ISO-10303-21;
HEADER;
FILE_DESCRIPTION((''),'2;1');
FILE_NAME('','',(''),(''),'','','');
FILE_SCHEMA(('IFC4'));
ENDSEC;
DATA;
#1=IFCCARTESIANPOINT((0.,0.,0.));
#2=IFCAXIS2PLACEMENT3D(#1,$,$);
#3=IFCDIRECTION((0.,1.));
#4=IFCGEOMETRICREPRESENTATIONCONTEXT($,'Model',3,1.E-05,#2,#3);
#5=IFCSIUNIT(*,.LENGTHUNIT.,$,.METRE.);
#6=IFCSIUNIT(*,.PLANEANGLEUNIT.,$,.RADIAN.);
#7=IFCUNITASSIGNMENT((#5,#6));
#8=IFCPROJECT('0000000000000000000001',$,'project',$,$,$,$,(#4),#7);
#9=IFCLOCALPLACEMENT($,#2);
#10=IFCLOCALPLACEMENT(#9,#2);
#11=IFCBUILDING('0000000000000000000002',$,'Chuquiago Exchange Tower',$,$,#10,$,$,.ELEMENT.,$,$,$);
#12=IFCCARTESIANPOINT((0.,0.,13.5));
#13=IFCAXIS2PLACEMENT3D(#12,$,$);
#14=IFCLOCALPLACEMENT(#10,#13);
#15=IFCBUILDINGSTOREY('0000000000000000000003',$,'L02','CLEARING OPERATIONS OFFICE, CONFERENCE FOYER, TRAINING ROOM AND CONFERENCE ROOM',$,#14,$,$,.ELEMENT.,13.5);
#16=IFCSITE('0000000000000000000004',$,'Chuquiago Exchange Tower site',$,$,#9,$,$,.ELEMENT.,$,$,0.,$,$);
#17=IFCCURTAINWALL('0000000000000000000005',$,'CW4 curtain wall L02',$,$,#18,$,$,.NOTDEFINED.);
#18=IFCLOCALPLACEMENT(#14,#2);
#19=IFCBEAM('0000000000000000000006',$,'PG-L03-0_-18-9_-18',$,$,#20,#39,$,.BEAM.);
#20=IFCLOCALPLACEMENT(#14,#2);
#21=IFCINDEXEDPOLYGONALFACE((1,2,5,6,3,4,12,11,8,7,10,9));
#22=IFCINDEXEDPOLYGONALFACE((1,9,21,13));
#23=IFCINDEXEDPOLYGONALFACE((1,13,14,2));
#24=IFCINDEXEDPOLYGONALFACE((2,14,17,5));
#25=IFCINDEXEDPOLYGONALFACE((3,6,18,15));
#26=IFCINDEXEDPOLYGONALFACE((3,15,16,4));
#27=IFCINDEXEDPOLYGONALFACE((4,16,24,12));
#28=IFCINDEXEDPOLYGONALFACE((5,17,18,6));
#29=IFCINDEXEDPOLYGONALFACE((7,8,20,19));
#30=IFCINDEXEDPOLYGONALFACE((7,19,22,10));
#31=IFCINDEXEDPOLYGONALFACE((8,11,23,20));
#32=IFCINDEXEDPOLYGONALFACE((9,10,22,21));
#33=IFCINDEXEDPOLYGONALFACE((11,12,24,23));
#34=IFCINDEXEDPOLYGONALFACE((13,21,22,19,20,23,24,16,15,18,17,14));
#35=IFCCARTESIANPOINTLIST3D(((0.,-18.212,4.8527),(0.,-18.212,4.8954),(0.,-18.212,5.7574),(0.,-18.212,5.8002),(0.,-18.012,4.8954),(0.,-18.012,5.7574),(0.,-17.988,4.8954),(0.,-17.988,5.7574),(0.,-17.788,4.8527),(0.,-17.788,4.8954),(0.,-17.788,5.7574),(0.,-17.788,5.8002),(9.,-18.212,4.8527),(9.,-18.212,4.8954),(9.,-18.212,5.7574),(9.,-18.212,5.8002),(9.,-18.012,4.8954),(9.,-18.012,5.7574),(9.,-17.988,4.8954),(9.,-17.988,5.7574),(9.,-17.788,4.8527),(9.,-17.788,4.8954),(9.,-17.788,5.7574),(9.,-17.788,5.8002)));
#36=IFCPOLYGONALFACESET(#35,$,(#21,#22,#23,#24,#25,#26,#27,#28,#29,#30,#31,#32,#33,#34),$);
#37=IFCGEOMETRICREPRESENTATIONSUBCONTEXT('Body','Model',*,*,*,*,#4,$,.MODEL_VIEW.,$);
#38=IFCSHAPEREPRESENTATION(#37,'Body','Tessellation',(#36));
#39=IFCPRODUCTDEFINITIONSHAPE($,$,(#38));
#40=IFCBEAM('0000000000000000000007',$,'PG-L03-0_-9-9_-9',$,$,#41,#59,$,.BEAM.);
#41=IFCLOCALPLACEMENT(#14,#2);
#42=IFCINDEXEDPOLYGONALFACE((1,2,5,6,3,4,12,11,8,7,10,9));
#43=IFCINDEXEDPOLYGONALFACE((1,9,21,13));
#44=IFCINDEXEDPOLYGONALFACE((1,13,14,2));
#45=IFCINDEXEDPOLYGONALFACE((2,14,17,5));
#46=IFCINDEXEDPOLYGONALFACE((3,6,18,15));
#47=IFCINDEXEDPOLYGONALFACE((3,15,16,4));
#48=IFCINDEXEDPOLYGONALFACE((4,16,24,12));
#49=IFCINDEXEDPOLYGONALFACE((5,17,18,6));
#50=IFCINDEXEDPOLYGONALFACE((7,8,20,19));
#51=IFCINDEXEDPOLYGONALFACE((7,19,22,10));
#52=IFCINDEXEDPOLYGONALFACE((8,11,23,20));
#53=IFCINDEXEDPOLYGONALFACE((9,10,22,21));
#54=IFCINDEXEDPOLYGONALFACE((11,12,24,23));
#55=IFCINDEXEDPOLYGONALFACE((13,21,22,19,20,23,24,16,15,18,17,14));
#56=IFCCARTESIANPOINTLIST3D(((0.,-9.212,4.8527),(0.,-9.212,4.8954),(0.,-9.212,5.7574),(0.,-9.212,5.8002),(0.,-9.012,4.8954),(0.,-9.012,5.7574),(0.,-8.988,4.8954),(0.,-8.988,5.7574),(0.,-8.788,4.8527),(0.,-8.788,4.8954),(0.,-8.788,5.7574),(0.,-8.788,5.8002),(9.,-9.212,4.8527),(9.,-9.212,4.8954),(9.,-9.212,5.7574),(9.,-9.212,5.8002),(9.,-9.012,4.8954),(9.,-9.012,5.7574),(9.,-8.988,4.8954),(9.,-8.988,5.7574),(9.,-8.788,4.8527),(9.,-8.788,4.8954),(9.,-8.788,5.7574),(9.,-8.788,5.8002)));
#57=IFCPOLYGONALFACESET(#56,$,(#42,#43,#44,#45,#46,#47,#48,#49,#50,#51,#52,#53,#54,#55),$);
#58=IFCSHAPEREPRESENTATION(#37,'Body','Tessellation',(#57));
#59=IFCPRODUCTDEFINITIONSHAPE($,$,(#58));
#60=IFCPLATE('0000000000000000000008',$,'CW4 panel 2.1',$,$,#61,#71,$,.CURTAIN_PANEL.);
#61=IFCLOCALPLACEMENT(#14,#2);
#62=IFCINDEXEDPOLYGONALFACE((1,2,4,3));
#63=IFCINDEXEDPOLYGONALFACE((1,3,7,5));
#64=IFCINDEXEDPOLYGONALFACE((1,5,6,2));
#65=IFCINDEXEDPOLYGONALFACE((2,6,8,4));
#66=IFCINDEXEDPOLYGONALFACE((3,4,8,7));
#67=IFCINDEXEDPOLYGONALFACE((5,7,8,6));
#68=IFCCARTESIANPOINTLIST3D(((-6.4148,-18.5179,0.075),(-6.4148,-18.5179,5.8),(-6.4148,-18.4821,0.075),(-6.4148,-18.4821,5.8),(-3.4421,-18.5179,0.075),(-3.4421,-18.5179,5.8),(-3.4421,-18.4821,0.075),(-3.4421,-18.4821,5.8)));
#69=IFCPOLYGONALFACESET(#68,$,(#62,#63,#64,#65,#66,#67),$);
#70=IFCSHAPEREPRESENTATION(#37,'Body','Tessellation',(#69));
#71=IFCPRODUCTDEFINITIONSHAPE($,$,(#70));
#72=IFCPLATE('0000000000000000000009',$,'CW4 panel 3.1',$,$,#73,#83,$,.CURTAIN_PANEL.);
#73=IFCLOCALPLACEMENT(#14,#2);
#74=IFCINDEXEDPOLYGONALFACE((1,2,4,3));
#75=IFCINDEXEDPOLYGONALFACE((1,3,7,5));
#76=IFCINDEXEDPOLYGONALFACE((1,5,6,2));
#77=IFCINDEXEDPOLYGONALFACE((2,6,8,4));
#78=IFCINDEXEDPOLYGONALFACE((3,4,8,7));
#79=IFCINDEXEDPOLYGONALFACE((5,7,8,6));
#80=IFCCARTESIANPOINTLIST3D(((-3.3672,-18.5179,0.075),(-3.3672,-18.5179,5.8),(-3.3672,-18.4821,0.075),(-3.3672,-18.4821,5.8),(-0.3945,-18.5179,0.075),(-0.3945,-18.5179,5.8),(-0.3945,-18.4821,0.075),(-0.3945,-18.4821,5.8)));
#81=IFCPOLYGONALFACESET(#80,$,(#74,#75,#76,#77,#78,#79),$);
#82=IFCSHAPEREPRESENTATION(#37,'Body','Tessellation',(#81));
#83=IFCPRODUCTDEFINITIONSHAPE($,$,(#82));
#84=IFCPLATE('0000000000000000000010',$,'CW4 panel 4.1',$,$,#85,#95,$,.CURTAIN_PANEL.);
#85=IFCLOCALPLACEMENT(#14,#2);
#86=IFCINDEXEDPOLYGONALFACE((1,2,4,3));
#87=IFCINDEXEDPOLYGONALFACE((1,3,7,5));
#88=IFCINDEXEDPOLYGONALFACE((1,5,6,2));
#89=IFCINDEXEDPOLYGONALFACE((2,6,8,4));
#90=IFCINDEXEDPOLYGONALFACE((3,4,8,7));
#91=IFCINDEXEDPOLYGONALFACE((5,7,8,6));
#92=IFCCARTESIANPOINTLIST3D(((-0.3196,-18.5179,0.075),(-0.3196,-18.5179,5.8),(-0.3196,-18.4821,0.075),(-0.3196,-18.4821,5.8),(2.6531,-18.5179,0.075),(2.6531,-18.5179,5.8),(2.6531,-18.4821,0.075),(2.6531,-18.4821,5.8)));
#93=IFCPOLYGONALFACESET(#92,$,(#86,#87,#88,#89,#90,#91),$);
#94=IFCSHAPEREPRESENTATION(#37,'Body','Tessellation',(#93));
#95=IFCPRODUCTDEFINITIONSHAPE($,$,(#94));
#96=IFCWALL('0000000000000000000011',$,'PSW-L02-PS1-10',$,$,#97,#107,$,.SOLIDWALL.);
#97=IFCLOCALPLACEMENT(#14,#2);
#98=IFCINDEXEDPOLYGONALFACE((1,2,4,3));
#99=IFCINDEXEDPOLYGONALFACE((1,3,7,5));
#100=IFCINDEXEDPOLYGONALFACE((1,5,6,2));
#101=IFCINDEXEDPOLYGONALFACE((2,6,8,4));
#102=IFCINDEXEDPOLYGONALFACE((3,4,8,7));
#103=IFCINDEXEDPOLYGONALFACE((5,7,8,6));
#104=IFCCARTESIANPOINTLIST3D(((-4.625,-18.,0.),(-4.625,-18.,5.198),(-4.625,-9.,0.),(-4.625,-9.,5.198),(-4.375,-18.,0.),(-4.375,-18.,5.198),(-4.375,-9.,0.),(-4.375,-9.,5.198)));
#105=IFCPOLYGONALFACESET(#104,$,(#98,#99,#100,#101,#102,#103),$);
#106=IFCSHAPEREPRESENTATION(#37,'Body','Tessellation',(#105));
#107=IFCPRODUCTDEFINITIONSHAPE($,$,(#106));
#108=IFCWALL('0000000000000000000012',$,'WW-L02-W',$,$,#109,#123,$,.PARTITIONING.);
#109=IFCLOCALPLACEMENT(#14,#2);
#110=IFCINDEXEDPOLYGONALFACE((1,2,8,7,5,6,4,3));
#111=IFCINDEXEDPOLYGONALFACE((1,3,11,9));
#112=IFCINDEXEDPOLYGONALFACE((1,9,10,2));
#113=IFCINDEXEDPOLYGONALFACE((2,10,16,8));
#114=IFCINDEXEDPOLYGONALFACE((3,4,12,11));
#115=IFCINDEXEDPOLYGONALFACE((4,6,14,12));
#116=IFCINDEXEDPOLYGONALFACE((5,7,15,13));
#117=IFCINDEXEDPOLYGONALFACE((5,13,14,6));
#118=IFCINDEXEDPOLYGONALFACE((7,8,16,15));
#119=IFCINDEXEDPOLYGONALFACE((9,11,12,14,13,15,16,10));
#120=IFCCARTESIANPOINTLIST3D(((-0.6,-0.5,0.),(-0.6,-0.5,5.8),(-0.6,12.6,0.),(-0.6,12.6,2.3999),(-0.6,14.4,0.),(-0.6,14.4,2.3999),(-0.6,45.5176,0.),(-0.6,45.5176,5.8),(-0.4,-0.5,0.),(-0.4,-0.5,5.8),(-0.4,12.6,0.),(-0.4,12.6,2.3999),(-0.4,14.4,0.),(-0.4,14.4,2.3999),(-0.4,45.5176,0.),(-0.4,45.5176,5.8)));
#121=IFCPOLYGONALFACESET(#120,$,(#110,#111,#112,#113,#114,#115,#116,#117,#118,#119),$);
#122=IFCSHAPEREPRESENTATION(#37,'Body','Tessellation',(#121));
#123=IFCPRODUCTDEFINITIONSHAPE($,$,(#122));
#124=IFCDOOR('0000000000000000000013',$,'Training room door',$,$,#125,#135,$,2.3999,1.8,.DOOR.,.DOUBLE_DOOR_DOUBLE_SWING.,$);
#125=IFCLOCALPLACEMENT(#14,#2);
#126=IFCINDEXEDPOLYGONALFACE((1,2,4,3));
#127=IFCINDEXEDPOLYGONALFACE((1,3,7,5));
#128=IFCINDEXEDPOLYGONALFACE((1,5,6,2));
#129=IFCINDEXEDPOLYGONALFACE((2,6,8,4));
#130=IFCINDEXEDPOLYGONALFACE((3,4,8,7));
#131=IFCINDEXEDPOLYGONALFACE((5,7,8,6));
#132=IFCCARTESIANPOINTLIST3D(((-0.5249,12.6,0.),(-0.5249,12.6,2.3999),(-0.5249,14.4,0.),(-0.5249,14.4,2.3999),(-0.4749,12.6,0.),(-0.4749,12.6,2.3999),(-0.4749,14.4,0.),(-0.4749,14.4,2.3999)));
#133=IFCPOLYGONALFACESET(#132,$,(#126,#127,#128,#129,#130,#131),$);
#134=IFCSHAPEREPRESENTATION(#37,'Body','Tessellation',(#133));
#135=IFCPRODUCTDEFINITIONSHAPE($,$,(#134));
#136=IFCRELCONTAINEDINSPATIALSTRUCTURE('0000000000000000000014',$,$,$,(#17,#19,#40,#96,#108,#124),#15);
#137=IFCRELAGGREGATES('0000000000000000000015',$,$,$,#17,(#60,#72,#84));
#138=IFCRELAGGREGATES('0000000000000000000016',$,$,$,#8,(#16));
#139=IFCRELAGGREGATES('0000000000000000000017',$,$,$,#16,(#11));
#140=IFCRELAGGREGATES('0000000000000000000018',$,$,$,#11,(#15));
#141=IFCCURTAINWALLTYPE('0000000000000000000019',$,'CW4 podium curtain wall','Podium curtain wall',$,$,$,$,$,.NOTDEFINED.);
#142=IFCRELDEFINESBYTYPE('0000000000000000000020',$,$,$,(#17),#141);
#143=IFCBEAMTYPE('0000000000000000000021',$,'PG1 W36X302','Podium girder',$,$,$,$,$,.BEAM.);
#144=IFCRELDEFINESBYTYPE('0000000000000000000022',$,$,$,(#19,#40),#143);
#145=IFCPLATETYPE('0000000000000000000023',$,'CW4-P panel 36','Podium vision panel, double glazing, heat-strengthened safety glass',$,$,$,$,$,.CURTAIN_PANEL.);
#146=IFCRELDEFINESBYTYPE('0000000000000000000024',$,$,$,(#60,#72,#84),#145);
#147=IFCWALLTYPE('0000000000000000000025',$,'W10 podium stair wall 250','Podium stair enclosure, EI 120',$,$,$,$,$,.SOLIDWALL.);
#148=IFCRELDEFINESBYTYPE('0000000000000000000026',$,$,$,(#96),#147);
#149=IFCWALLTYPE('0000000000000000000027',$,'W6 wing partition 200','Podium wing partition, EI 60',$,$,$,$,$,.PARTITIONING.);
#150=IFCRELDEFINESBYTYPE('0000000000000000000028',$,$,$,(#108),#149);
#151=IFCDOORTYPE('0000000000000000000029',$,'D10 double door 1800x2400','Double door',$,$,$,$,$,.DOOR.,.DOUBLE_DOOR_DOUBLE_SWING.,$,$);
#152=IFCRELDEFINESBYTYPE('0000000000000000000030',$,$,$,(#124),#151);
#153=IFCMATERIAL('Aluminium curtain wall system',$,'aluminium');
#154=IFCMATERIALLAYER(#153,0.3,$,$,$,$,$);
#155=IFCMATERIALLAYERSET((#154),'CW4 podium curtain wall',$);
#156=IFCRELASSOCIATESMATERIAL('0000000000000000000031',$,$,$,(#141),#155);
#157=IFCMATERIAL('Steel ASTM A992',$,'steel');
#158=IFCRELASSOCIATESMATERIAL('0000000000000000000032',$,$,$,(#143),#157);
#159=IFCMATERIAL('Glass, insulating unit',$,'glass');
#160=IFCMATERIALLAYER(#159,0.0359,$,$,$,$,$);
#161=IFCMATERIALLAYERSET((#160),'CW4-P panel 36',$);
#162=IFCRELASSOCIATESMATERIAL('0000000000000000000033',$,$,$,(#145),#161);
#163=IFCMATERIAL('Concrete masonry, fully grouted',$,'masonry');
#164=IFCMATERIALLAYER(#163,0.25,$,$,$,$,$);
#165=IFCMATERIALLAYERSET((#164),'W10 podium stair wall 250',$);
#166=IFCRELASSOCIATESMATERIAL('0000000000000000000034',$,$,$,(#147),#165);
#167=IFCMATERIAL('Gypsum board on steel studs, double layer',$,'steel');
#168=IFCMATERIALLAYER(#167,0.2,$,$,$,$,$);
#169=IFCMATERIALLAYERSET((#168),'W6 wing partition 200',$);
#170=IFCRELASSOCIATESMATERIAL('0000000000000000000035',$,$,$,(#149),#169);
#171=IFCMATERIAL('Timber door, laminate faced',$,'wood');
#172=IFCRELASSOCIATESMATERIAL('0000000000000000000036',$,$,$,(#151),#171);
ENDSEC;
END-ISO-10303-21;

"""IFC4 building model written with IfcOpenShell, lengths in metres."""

from ifc_helpers import new_model, si_unit, direction, frame, frame_2d, origin, origin_2d, place, context, subcontext, project, spatial, rectangle, i_section, extrude, material, layer, layer_set, material_profile, profile_set, type_object, element, fill, aggregate, save


model = new_model("IFC4")

# Units and contexts
model_context = context("Model", 3, precision=1e-05, world=origin(), true_north=direction((0.0, 1.0)))
body_context = subcontext(model_context, "Body", "Model", "MODEL_VIEW")
ifc_project = project(units=[si_unit("LENGTHUNIT", "METRE"), si_unit("PLANEANGLEUNIT", "RADIAN")], contexts=[model_context])

# Site, building, storey
site_placement = place(None, origin())
site = spatial("IfcSite", under=ifc_project, at=site_placement, Name="Chuquiago Exchange Tower site", CompositionType="ELEMENT", RefElevation=0.0)
building_placement = place(site_placement, origin())
building = spatial("IfcBuilding", under=site, at=building_placement, Name="Chuquiago Exchange Tower", CompositionType="ELEMENT")
storey_placement = place(building_placement, frame((0.0, 0.0, 13.5)))
storey = spatial("IfcBuildingStorey", under=building, at=storey_placement, Name="L02", Description="CLEARING OPERATIONS OFFICE, CONFERENCE FOYER, TRAINING ROOM AND CONFERENCE ROOM", CompositionType="ELEMENT", Elevation=13.5)

# Curtain wall
ifc_material_1 = material(Name="Aluminium curtain wall system", Category="aluminium")
ifc_layer_1 = layer(ifc_material_1, 0.3)
ifc_layer_set_1 = layer_set([ifc_layer_1], Name="CW4 podium curtain wall")
curtain_wall_type = type_object("IfcCurtainWallType", Name="CW4 podium curtain wall", Description="Podium curtain wall", PredefinedType="NOTDEFINED", material=ifc_layer_set_1)
curtain_wall_placement = place(storey_placement, origin())
curtain_wall = element("IfcCurtainWall", 1, at=curtain_wall_placement, inside=storey, type_object=curtain_wall_type, Name="CW4 curtain wall L02", PredefinedType="NOTDEFINED")

# Beams
ifc_material_2 = material(Name="Steel ASTM A992", Category="steel")
ifc_material_profile_1 = material_profile(ifc_material_2, i_section(OverallWidth=0.4241, OverallDepth=0.9475, WebThickness=0.0239, FlangeThickness=0.0427, at=origin_2d()), Name="W36X302")
ifc_profile_set_1 = profile_set([ifc_material_profile_1], Name="Steel ASTM A992")
beam_type_1 = type_object("IfcBeamType", Name="PG1 W36X302", Description="Podium girder", PredefinedType="BEAM", material=ifc_profile_set_1)
for number, where, z_axis, x_axis, name in (
    (2, (0.0, -18.0, 5.3264), (1.0, 0.0, 0.0), (0.0, 1.0, 0.0), "PG-L03-0_-18-9_-18"),
    (3, (0.0, -9.0, 5.3264), (1.0, 0.0, 0.0), (0.0, 1.0, 0.0), "PG-L03-0_-9-9_-9"),
):
    element("IfcBeam", number, at=place(storey_placement, frame(where, z_axis=z_axis, x_axis=x_axis)), inside=storey, type_object=beam_type_1, Name=name, PredefinedType="BEAM", context=body_context, shape_type="SweptSolid", body=[
        extrude(i_section(OverallWidth=0.4241, OverallDepth=0.9475, WebThickness=0.0239, FlangeThickness=0.0427, at=origin_2d()), origin(), (0.0, 0.0, 1.0), 9.0),
    ])

# Plates
ifc_material_3 = material(Name="Glass, insulating unit", Category="glass")
ifc_layer_2 = layer(ifc_material_3, 0.0359)
ifc_layer_set_2 = layer_set([ifc_layer_2], Name="CW4-P panel 36")
plate_type = type_object("IfcPlateType", Name="CW4-P panel 36", Description="Podium vision panel, double glazing, heat-strengthened safety glass", PredefinedType="CURTAIN_PANEL", material=ifc_layer_set_2)
plate_1_placement = place(storey_placement, frame((-4.9285, -18.5, 0.075), z_axis=(0.0, 0.0, 1.0), x_axis=(1.0, 0.0, 0.0)))
plate_1 = element("IfcPlate", 4, at=plate_1_placement, type_object=plate_type, Name="CW4 panel 2.1", PredefinedType="CURTAIN_PANEL", context=body_context, shape_type="SweptSolid", body=[
    extrude(rectangle(XDim=2.9727, YDim=0.0359, at=origin_2d()), origin(), (0.0, 0.0, 1.0), 5.7251),
])
plate_2_placement = place(storey_placement, frame((-1.8809, -18.5, 0.075), z_axis=(0.0, 0.0, 1.0), x_axis=(1.0, 0.0, 0.0)))
plate_2 = element("IfcPlate", 5, at=plate_2_placement, type_object=plate_type, Name="CW4 panel 3.1", PredefinedType="CURTAIN_PANEL", context=body_context, shape_type="SweptSolid", body=[
    extrude(rectangle(XDim=2.9727, YDim=0.0359, at=origin_2d()), origin(), (0.0, 0.0, 1.0), 5.7251),
])
plate_3_placement = place(storey_placement, frame((1.1667, -18.5, 0.075), z_axis=(0.0, 0.0, 1.0), x_axis=(1.0, 0.0, 0.0)))
plate_3 = element("IfcPlate", 6, at=plate_3_placement, type_object=plate_type, Name="CW4 panel 4.1", PredefinedType="CURTAIN_PANEL", context=body_context, shape_type="SweptSolid", body=[
    extrude(rectangle(XDim=2.9727, YDim=0.0359, at=origin_2d()), origin(), (0.0, 0.0, 1.0), 5.7251),
])
aggregate(curtain_wall, [plate_1, plate_2, plate_3])

# Wall
ifc_material_4 = material(Name="Concrete masonry, fully grouted", Category="masonry")
ifc_layer_3 = layer(ifc_material_4, 0.25)
ifc_layer_set_3 = layer_set([ifc_layer_3], Name="W10 podium stair wall 250")
wall_type_1 = type_object("IfcWallType", Name="W10 podium stair wall 250", Description="Podium stair enclosure, EI 120", PredefinedType="SOLIDWALL", material=ifc_layer_set_3)
wall_1_placement = place(storey_placement, frame((-4.5, -18.0, 0.0), z_axis=(0.0, 0.0, 1.0), x_axis=(0.0, 1.0, 0.0)))
element("IfcWall", 7, at=wall_1_placement, inside=storey, type_object=wall_type_1, Name="PSW-L02-PS1-10", PredefinedType="SOLIDWALL", context=body_context, shape_type="SweptSolid", body=[
    extrude(rectangle(XDim=9.0, YDim=0.25, at=frame_2d((4.5, 0.0))), origin(), (0.0, 0.0, 1.0), 5.198),
])

# Wall, opening, door
ifc_material_5 = material(Name="Gypsum board on steel studs, double layer", Category="steel")
ifc_layer_4 = layer(ifc_material_5, 0.2)
ifc_layer_set_4 = layer_set([ifc_layer_4], Name="W6 wing partition 200")
wall_type_2 = type_object("IfcWallType", Name="W6 wing partition 200", Description="Podium wing partition, EI 60", PredefinedType="PARTITIONING", material=ifc_layer_set_4)
wall_2_placement = place(storey_placement, frame((-0.5, -0.5, 0.0), z_axis=(0.0, 0.0, 1.0), x_axis=(0.0, 1.0, 0.0)))
wall_2 = element("IfcWall", 8, at=wall_2_placement, inside=storey, type_object=wall_type_2, Name="WW-L02-W", PredefinedType="PARTITIONING", context=body_context, shape_type="SweptSolid", body=[
    extrude(rectangle(XDim=46.0176, YDim=0.2, at=frame_2d((23.0088, 0.0))), origin(), (0.0, 0.0, 1.0), 5.8),
])
opening_placement = place(wall_2_placement, frame((13.1001, 0.0, 0.0)))
opening = element("IfcOpeningElement", 9, at=opening_placement, cuts=wall_2, PredefinedType="OPENING", context=body_context, shape_type="SweptSolid", body=[
    extrude(rectangle(XDim=1.8, YDim=2.3999, at=frame_2d((0.8999, 1.2))), frame((0.0, 0.1099, 0.0), z_axis=(0.0, -1.0, 0.0), x_axis=(1.0, 0.0, 0.0)), (0.0, 0.0, 1.0), 0.22),
])
ifc_material_6 = material(Name="Timber door, laminate faced", Category="wood")
door_type = type_object("IfcDoorType", Name="D10 double door 1800x2400", Description="Double door", OperationType="DOUBLE_DOOR_DOUBLE_SWING", PredefinedType="DOOR", material=ifc_material_6)
door_placement = place(opening_placement, origin())
door = element("IfcDoor", 10, at=door_placement, inside=storey, type_object=door_type, Name="Training room door", OperationType="DOUBLE_DOOR_DOUBLE_SWING", OverallHeight=2.3999, OverallWidth=1.8, PredefinedType="DOOR", context=body_context, shape_type="SweptSolid", body=[
    extrude(rectangle(XDim=1.8, YDim=2.3999, at=frame_2d((0.8999, 1.2))), frame((0.0, 0.0249, 0.0), z_axis=(0.0, -1.0, 0.0), x_axis=(1.0, 0.0, 0.0)), (0.0, 0.0, 1.0), 0.05),
])
fill(opening, door)

save(model, "model.ifc")
